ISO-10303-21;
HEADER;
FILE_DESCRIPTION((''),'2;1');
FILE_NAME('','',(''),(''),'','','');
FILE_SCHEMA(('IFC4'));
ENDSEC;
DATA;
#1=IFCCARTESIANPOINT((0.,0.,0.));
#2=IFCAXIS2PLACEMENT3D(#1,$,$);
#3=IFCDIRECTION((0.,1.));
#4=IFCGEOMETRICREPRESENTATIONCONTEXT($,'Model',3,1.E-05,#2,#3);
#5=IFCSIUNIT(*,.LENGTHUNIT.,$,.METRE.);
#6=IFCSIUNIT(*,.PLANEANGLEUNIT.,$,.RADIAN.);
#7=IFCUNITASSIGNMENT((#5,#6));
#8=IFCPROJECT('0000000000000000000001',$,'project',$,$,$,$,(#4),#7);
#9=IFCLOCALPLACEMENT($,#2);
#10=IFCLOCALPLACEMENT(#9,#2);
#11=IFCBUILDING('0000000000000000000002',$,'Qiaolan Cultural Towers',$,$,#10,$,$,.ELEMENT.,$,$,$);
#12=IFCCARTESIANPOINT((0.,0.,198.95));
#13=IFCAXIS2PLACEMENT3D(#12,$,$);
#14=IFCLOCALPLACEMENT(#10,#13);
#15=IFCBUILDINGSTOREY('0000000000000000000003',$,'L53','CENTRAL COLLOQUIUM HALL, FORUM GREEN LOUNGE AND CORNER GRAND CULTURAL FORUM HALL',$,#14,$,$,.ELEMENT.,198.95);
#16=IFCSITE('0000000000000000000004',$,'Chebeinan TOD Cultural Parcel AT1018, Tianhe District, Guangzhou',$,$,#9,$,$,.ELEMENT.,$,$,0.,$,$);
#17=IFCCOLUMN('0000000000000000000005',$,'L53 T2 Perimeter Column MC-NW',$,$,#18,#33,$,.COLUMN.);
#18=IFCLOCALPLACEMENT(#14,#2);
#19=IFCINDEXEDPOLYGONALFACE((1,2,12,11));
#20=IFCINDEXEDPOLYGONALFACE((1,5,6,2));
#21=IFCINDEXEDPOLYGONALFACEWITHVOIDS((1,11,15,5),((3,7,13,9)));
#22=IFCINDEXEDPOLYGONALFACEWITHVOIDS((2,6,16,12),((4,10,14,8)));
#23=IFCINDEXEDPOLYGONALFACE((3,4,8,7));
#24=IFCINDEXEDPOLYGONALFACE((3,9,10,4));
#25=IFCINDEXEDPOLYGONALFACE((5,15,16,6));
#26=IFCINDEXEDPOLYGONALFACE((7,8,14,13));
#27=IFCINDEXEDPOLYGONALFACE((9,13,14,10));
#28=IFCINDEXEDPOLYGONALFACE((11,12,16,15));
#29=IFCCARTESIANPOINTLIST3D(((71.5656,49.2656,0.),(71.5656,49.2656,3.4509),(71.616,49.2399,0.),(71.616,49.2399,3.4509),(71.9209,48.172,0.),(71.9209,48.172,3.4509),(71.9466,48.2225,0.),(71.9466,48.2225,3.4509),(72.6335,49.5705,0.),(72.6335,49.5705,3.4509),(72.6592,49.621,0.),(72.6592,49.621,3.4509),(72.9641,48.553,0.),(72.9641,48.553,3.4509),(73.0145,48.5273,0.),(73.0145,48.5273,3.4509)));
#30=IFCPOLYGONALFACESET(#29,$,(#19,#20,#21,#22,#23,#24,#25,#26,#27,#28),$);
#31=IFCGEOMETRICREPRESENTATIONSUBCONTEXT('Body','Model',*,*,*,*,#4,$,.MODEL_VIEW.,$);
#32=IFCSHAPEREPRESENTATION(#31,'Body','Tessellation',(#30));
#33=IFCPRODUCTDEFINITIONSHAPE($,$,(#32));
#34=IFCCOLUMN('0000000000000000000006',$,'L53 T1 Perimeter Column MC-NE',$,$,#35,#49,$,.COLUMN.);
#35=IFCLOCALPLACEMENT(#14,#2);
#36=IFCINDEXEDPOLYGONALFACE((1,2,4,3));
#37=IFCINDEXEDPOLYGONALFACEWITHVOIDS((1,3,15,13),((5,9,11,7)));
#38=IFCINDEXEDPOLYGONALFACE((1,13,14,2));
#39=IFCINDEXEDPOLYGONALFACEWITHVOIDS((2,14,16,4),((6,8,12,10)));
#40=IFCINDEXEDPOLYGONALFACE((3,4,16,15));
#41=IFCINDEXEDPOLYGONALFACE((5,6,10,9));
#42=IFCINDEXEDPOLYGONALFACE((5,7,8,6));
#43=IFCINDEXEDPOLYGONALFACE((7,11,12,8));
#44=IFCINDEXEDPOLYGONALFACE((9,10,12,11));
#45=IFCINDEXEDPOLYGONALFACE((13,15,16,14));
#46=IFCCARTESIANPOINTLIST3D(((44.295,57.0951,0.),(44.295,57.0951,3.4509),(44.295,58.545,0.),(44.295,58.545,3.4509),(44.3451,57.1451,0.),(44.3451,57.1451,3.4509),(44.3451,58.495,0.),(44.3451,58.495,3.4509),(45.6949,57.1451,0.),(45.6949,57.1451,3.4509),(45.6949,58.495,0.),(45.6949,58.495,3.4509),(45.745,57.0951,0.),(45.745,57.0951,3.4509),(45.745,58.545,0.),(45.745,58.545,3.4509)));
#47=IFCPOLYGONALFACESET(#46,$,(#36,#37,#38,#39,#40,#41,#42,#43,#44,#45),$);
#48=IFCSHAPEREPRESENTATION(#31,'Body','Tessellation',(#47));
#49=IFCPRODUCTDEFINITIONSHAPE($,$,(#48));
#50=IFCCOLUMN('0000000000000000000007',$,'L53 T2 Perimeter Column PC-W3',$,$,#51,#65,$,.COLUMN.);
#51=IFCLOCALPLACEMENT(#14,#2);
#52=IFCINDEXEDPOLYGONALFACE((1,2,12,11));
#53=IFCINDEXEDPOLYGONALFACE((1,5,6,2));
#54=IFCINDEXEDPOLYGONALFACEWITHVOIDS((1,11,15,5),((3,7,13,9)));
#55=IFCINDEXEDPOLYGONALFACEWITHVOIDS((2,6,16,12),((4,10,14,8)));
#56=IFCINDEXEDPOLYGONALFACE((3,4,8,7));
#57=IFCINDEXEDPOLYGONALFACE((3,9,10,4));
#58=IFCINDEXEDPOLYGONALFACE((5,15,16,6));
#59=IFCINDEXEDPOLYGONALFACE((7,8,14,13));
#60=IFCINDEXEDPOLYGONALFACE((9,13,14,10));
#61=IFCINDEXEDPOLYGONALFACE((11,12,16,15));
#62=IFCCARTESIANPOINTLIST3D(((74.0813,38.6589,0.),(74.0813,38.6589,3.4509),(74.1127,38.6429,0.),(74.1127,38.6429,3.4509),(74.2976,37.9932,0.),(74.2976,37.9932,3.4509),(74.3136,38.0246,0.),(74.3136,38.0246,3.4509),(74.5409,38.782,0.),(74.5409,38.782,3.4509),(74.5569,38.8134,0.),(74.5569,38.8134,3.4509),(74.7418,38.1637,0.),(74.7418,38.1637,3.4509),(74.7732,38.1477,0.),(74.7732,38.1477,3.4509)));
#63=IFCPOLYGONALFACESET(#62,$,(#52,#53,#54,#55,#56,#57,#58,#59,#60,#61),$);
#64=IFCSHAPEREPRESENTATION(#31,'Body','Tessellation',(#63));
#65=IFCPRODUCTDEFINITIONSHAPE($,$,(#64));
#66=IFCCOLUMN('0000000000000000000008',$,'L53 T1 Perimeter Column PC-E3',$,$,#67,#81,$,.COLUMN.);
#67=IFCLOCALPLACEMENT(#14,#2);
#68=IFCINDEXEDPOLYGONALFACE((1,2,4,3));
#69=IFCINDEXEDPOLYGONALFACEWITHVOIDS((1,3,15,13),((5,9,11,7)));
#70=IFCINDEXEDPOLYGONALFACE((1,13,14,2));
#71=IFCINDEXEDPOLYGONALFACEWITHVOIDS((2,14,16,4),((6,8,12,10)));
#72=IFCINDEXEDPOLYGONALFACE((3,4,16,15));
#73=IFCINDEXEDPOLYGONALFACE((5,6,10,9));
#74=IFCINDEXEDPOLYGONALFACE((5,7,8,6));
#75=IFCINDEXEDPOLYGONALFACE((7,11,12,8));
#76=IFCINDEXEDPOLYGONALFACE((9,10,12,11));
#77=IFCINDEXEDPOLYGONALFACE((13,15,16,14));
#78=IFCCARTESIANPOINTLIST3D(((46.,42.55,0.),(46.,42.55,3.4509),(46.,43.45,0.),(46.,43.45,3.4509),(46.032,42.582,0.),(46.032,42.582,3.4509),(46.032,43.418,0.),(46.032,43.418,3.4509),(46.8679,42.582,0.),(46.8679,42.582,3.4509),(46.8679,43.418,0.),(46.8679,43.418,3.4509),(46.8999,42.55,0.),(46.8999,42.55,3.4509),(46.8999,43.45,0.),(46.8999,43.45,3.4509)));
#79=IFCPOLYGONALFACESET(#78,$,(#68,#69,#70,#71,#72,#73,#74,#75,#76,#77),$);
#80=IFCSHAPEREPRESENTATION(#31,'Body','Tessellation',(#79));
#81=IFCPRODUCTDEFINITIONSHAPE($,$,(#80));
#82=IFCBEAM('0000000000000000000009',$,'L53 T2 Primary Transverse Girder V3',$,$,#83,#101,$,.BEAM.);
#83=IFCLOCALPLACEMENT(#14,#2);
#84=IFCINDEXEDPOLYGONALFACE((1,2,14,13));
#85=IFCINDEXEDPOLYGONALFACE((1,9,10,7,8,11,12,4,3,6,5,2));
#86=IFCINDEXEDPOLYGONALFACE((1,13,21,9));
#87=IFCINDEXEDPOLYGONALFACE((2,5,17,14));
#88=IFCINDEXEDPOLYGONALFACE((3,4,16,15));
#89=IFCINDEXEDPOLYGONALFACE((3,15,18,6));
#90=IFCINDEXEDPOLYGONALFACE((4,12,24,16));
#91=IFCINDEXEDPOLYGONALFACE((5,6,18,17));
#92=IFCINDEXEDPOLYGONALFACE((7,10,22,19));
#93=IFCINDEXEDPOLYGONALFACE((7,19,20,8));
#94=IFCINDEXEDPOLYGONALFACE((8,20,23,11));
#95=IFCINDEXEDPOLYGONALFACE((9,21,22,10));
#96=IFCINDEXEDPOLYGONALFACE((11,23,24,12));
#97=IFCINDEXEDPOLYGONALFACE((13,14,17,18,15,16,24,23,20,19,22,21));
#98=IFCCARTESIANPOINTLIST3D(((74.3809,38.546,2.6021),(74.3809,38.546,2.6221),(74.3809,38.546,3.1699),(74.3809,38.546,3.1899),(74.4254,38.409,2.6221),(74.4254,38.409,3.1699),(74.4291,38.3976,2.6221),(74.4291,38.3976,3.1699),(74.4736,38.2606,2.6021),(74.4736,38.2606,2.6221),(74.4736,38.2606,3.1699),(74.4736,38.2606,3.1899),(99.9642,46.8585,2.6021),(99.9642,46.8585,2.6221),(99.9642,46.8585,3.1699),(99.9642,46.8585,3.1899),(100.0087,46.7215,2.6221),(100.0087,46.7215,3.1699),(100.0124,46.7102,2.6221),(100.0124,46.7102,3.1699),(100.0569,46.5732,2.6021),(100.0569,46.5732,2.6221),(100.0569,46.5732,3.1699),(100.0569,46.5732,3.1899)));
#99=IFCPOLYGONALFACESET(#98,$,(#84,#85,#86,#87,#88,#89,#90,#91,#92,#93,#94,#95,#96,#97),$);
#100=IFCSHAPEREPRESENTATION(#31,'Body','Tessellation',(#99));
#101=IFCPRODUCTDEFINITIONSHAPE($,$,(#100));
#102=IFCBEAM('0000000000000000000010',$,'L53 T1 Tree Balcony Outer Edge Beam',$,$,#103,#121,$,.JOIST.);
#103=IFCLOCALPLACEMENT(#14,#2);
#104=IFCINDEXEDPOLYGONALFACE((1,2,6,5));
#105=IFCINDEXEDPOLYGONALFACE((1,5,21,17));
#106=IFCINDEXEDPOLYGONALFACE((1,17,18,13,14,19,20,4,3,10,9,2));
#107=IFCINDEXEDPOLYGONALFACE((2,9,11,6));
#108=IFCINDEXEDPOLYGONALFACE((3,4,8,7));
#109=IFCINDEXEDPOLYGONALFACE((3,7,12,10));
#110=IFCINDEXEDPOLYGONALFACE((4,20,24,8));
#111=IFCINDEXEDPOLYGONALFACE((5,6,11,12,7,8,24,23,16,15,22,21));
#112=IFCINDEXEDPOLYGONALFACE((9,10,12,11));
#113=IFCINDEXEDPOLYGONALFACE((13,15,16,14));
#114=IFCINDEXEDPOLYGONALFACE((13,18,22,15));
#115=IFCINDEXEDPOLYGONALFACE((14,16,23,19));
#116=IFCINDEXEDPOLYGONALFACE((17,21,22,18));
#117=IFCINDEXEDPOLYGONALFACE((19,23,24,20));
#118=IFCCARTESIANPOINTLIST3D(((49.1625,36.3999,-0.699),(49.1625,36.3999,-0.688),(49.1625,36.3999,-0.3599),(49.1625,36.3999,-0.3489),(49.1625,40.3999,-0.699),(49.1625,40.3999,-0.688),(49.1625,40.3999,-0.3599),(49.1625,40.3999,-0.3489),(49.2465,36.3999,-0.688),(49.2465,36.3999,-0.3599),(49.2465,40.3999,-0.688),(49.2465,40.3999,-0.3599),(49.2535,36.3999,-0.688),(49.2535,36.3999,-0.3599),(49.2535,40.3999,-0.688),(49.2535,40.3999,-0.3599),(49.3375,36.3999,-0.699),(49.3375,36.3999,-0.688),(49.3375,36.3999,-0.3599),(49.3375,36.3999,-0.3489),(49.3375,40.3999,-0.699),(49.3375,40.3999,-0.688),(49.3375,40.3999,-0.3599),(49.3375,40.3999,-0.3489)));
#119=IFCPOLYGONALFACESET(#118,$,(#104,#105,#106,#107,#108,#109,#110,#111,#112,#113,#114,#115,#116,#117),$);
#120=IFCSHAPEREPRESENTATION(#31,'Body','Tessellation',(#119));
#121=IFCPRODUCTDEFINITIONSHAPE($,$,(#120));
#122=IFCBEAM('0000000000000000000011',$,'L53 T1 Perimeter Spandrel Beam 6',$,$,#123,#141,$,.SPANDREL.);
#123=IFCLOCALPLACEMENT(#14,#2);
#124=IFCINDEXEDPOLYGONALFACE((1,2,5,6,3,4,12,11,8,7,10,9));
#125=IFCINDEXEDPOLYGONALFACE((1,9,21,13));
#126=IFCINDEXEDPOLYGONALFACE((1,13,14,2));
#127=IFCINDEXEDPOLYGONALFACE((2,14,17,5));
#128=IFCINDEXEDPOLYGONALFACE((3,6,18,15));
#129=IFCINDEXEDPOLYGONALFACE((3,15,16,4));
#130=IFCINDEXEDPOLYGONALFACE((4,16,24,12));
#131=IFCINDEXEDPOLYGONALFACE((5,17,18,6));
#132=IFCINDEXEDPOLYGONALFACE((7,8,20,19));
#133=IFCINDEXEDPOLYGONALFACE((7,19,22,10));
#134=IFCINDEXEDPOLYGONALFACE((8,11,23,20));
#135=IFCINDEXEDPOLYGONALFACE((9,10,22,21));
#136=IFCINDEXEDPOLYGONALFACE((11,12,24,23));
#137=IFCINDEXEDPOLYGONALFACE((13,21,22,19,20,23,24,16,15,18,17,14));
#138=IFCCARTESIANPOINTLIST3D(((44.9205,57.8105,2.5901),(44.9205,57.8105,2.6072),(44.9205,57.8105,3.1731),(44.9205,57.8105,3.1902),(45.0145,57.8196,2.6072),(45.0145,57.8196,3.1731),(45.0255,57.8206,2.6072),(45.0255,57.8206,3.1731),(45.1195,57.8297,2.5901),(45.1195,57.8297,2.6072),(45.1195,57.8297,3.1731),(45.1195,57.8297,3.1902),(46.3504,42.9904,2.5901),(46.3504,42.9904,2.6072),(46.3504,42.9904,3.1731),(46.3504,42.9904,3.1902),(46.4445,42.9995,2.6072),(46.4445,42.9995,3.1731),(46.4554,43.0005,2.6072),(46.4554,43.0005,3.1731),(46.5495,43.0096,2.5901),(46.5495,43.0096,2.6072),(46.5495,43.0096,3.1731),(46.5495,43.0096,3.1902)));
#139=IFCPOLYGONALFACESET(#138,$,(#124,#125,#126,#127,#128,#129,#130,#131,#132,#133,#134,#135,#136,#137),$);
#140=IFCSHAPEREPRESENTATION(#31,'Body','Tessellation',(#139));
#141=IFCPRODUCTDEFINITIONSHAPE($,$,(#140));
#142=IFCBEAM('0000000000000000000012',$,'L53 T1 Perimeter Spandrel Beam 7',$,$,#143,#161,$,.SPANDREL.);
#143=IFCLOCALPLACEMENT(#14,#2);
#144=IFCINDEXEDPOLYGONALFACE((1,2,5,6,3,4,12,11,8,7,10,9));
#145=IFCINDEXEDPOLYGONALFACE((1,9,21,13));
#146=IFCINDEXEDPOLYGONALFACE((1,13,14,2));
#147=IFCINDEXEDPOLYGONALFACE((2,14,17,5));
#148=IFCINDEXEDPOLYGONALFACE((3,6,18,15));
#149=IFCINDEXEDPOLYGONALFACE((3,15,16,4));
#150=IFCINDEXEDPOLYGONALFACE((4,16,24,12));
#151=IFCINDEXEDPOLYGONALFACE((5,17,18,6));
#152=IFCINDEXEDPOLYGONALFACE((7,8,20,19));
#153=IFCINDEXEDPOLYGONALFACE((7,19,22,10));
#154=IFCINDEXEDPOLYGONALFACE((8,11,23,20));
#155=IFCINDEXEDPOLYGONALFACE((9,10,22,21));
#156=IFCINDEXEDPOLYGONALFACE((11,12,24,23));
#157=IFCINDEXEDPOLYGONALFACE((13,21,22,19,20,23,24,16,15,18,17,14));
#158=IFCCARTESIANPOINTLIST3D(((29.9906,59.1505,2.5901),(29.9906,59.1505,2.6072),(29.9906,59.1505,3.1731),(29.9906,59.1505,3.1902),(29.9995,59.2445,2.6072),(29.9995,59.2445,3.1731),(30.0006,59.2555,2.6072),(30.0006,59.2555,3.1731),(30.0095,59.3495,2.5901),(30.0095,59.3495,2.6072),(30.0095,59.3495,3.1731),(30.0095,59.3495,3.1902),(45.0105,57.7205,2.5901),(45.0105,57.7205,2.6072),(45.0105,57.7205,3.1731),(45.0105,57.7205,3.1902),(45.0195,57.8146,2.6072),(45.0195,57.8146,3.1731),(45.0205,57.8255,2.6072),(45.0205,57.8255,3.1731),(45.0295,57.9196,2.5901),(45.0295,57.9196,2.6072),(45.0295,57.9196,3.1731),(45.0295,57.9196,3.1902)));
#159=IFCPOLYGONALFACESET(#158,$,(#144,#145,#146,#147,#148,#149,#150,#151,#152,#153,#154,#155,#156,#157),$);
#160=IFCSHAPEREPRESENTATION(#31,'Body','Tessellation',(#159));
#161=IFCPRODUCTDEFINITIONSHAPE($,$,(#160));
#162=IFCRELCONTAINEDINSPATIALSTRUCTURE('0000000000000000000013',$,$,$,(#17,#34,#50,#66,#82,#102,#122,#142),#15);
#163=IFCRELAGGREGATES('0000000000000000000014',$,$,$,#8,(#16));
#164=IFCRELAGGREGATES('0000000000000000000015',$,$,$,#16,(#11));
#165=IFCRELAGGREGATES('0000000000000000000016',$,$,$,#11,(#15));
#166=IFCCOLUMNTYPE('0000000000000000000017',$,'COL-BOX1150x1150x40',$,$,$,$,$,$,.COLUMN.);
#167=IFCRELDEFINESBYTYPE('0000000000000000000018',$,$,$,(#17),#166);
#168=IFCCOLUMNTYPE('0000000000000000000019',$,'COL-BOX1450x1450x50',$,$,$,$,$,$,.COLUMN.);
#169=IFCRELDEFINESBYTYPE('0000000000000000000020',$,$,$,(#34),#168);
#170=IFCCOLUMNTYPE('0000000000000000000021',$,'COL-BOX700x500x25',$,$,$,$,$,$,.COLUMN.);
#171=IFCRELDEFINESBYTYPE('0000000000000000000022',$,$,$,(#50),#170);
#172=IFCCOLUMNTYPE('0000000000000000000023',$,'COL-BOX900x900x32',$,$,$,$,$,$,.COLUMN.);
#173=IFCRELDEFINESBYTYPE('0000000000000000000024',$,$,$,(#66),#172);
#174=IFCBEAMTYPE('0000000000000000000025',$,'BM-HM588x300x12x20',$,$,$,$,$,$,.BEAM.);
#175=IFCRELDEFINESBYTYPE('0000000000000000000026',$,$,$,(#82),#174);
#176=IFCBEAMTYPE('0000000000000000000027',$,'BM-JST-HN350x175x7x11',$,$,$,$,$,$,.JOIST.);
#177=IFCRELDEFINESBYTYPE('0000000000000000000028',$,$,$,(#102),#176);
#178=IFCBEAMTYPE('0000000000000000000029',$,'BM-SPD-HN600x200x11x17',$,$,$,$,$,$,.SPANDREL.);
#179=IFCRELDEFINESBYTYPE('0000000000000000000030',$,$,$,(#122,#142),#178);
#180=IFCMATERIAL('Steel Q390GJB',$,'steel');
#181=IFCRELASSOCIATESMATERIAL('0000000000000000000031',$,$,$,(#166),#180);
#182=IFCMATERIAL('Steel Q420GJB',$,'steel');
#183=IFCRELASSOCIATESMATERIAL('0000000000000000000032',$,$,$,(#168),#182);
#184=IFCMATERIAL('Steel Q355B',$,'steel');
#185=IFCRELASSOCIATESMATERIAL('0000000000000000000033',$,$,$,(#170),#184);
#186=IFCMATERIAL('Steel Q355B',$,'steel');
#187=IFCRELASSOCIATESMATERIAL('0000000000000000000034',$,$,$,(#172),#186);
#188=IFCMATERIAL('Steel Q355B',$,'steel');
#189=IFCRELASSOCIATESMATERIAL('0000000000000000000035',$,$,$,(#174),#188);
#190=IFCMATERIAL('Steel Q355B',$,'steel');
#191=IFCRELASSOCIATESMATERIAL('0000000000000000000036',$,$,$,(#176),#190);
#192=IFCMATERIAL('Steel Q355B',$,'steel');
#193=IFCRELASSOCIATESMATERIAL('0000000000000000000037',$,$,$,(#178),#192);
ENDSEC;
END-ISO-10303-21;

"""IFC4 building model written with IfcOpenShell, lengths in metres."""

from ifc_helpers import new_model, si_unit, direction, frame, origin, origin_2d, place, context, subcontext, project, spatial, hollow_rectangle, i_section, extrude, material, material_profile, profile_set, type_object, element, save


model = new_model("IFC4")

# Units and contexts
model_context = context("Model", 3, precision=1e-05, world=origin(), true_north=direction((0.0, 1.0)))
body_context = subcontext(model_context, "Body", "Model", "MODEL_VIEW")
ifc_project = project(units=[si_unit("LENGTHUNIT", "METRE"), si_unit("PLANEANGLEUNIT", "RADIAN")], contexts=[model_context])

# Site, building, storey
site_placement = place(None, origin())
site = spatial("IfcSite", under=ifc_project, at=site_placement, Name="Chebeinan TOD Cultural Parcel AT1018, Tianhe District, Guangzhou", CompositionType="ELEMENT", RefElevation=0.0)
building_placement = place(site_placement, origin())
building = spatial("IfcBuilding", under=site, at=building_placement, Name="Qiaolan Cultural Towers", CompositionType="ELEMENT")
storey_placement = place(building_placement, frame((0.0, 0.0, 198.95)))
storey = spatial("IfcBuildingStorey", under=building, at=storey_placement, Name="L53", Description="CENTRAL COLLOQUIUM HALL, FORUM GREEN LOUNGE AND CORNER GRAND CULTURAL FORUM HALL", CompositionType="ELEMENT", Elevation=198.95)

# Columns
ifc_material_1 = material(Name="Steel Q390GJB", Category="steel")
ifc_material_profile_1 = material_profile(ifc_material_1, hollow_rectangle(XDim=1.1499, YDim=1.1499, WallThickness=0.04, at=origin_2d()), Name="BOX1150x1150x40")
ifc_profile_set_1 = profile_set([ifc_material_profile_1], Name="Steel Q390GJB")
column_type_1 = type_object("IfcColumnType", Name="COL-BOX1150x1150x40", PredefinedType="COLUMN", material=ifc_profile_set_1)
column_1_placement = place(storey_placement, frame((72.29, 48.8965, 0.0), z_axis=(0.0, 0.0, 1.0), x_axis=(0.951057, 0.309017, 0.0)))
element("IfcColumn", 1, at=column_1_placement, inside=storey, type_object=column_type_1, Name="L53 T2 Perimeter Column MC-NW", PredefinedType="COLUMN", context=body_context, shape_type="SweptSolid", body=[
    extrude(hollow_rectangle(XDim=1.1499, YDim=1.1499, WallThickness=0.04, at=origin_2d()), origin(), (0.0, 0.0, 1.0), 3.4509),
])
ifc_material_2 = material(Name="Steel Q420GJB", Category="steel")
ifc_material_profile_2 = material_profile(ifc_material_2, hollow_rectangle(XDim=1.45, YDim=1.45, WallThickness=0.05, at=origin_2d()), Name="BOX1450x1450x50")
ifc_profile_set_2 = profile_set([ifc_material_profile_2], Name="Steel Q420GJB")
column_type_2 = type_object("IfcColumnType", Name="COL-BOX1450x1450x50", PredefinedType="COLUMN", material=ifc_profile_set_2)
column_2_placement = place(storey_placement, frame((45.02, 57.8201, 0.0), z_axis=(0.0, 0.0, 1.0), x_axis=(1.0, 0.0, 0.0)))
element("IfcColumn", 2, at=column_2_placement, inside=storey, type_object=column_type_2, Name="L53 T1 Perimeter Column MC-NE", PredefinedType="COLUMN", context=body_context, shape_type="SweptSolid", body=[
    extrude(hollow_rectangle(XDim=1.45, YDim=1.45, WallThickness=0.05, at=origin_2d()), origin(), (0.0, 0.0, 1.0), 3.4509),
])
ifc_material_3 = material(Name="Steel Q355B", Category="steel")
ifc_material_profile_3 = material_profile(ifc_material_3, hollow_rectangle(XDim=0.5, YDim=0.7, WallThickness=0.0249, at=origin_2d()), Name="BOX700x500x25")
ifc_profile_set_3 = profile_set([ifc_material_profile_3], Name="Steel Q355B")
column_type_3 = type_object("IfcColumnType", Name="COL-BOX700x500x25", PredefinedType="COLUMN", material=ifc_profile_set_3)
column_3_placement = place(storey_placement, frame((74.4272, 38.4033, 0.0), z_axis=(0.0, 0.0, 1.0), x_axis=(0.951057, 0.309017, 0.0)))
element("IfcColumn", 3, at=column_3_placement, inside=storey, type_object=column_type_3, Name="L53 T2 Perimeter Column PC-W3", PredefinedType="COLUMN", context=body_context, shape_type="SweptSolid", body=[
    extrude(hollow_rectangle(XDim=0.5, YDim=0.7, WallThickness=0.0249, at=origin_2d()), origin(), (0.0, 0.0, 1.0), 3.4509),
])
ifc_material_4 = material(Name="Steel Q355B", Category="steel")
ifc_material_profile_4 = material_profile(ifc_material_4, hollow_rectangle(XDim=0.8999, YDim=0.8999, WallThickness=0.032, at=origin_2d()), Name="BOX900x900x32")
ifc_profile_set_4 = profile_set([ifc_material_profile_4], Name="Steel Q355B")
column_type_4 = type_object("IfcColumnType", Name="COL-BOX900x900x32", PredefinedType="COLUMN", material=ifc_profile_set_4)
column_4_placement = place(storey_placement, frame((46.45, 43.0, 0.0), z_axis=(0.0, 0.0, 1.0), x_axis=(1.0, 0.0, 0.0)))
element("IfcColumn", 4, at=column_4_placement, inside=storey, type_object=column_type_4, Name="L53 T1 Perimeter Column PC-E3", PredefinedType="COLUMN", context=body_context, shape_type="SweptSolid", body=[
    extrude(hollow_rectangle(XDim=0.8999, YDim=0.8999, WallThickness=0.032, at=origin_2d()), origin(), (0.0, 0.0, 1.0), 3.4509),
])

# Beams
ifc_material_5 = material(Name="Steel Q355B", Category="steel")
ifc_material_profile_5 = material_profile(ifc_material_5, i_section(OverallWidth=0.3, OverallDepth=0.5879, WebThickness=0.012, FlangeThickness=0.02, at=origin_2d()), Name="HM588x300x12x20")
ifc_profile_set_5 = profile_set([ifc_material_profile_5], Name="Steel Q355B")
beam_type_1 = type_object("IfcBeamType", Name="BM-HM588x300x12x20", PredefinedType="BEAM", material=ifc_profile_set_5)
beam_1_placement = place(storey_placement, frame((74.4272, 38.4033, 2.896), z_axis=(0.951057, 0.309017, 0.0), x_axis=(-0.309017, 0.951057, 0.0)))
element("IfcBeam", 5, at=beam_1_placement, inside=storey, type_object=beam_type_1, Name="L53 T2 Primary Transverse Girder V3", PredefinedType="BEAM", context=body_context, shape_type="SweptSolid", body=[
    extrude(i_section(OverallWidth=0.3, OverallDepth=0.5879, WebThickness=0.012, FlangeThickness=0.02, at=origin_2d()), origin(), (0.0, 0.0, 1.0), 26.8999),
])
ifc_material_6 = material(Name="Steel Q355B", Category="steel")
ifc_material_profile_6 = material_profile(ifc_material_6, i_section(OverallWidth=0.175, OverallDepth=0.3501, WebThickness=0.0071, FlangeThickness=0.011, at=origin_2d()), Name="HN350x175x7x11")
ifc_profile_set_6 = profile_set([ifc_material_profile_6], Name="Steel Q355B")
beam_type_2 = type_object("IfcBeamType", Name="BM-JST-HN350x175x7x11", PredefinedType="JOIST", material=ifc_profile_set_6)
beam_2_placement = place(storey_placement, frame((49.25, 36.3999, -0.5239), z_axis=(0.0, 1.0, 0.0), x_axis=(-1.0, 0.0, 0.0)))
element("IfcBeam", 6, at=beam_2_placement, inside=storey, type_object=beam_type_2, Name="L53 T1 Tree Balcony Outer Edge Beam", PredefinedType="JOIST", context=body_context, shape_type="SweptSolid", body=[
    extrude(i_section(OverallWidth=0.175, OverallDepth=0.3501, WebThickness=0.0071, FlangeThickness=0.011, at=origin_2d()), origin(), (0.0, 0.0, 1.0), 4.0),
])
ifc_material_7 = material(Name="Steel Q355B", Category="steel")
ifc_material_profile_7 = material_profile(ifc_material_7, i_section(OverallWidth=0.2, OverallDepth=0.6001, WebThickness=0.011, FlangeThickness=0.0171, at=origin_2d()), Name="HN600x200x11x17")
ifc_profile_set_7 = profile_set([ifc_material_profile_7], Name="Steel Q355B")
beam_type_3 = type_object("IfcBeamType", Name="BM-SPD-HN600x200x11x17", PredefinedType="SPANDREL", material=ifc_profile_set_7)
beam_3_placement = place(storey_placement, frame((46.45, 43.0, 2.8901), z_axis=(-0.09604, 0.995377, 0.0), x_axis=(-0.995377, -0.09604, 0.0)))
element("IfcBeam", 7, at=beam_3_placement, inside=storey, type_object=beam_type_3, Name="L53 T1 Perimeter Spandrel Beam 6", PredefinedType="SPANDREL", context=body_context, shape_type="SweptSolid", body=[
    extrude(i_section(OverallWidth=0.2, OverallDepth=0.6001, WebThickness=0.011, FlangeThickness=0.0171, at=origin_2d()), origin(), (0.0, 0.0, 1.0), 14.8889),
])
beam_4_placement = place(storey_placement, frame((45.02, 57.8201, 2.8901), z_axis=(-0.995499, 0.094773, 0.0), x_axis=(-0.094773, -0.995499, 0.0)))
element("IfcBeam", 8, at=beam_4_placement, inside=storey, type_object=beam_type_3, Name="L53 T1 Perimeter Spandrel Beam 7", PredefinedType="SPANDREL", context=body_context, shape_type="SweptSolid", body=[
    extrude(i_section(OverallWidth=0.2, OverallDepth=0.6001, WebThickness=0.011, FlangeThickness=0.0171, at=origin_2d()), origin(), (0.0, 0.0, 1.0), 15.0879),
])

save(model, "model.ifc")
